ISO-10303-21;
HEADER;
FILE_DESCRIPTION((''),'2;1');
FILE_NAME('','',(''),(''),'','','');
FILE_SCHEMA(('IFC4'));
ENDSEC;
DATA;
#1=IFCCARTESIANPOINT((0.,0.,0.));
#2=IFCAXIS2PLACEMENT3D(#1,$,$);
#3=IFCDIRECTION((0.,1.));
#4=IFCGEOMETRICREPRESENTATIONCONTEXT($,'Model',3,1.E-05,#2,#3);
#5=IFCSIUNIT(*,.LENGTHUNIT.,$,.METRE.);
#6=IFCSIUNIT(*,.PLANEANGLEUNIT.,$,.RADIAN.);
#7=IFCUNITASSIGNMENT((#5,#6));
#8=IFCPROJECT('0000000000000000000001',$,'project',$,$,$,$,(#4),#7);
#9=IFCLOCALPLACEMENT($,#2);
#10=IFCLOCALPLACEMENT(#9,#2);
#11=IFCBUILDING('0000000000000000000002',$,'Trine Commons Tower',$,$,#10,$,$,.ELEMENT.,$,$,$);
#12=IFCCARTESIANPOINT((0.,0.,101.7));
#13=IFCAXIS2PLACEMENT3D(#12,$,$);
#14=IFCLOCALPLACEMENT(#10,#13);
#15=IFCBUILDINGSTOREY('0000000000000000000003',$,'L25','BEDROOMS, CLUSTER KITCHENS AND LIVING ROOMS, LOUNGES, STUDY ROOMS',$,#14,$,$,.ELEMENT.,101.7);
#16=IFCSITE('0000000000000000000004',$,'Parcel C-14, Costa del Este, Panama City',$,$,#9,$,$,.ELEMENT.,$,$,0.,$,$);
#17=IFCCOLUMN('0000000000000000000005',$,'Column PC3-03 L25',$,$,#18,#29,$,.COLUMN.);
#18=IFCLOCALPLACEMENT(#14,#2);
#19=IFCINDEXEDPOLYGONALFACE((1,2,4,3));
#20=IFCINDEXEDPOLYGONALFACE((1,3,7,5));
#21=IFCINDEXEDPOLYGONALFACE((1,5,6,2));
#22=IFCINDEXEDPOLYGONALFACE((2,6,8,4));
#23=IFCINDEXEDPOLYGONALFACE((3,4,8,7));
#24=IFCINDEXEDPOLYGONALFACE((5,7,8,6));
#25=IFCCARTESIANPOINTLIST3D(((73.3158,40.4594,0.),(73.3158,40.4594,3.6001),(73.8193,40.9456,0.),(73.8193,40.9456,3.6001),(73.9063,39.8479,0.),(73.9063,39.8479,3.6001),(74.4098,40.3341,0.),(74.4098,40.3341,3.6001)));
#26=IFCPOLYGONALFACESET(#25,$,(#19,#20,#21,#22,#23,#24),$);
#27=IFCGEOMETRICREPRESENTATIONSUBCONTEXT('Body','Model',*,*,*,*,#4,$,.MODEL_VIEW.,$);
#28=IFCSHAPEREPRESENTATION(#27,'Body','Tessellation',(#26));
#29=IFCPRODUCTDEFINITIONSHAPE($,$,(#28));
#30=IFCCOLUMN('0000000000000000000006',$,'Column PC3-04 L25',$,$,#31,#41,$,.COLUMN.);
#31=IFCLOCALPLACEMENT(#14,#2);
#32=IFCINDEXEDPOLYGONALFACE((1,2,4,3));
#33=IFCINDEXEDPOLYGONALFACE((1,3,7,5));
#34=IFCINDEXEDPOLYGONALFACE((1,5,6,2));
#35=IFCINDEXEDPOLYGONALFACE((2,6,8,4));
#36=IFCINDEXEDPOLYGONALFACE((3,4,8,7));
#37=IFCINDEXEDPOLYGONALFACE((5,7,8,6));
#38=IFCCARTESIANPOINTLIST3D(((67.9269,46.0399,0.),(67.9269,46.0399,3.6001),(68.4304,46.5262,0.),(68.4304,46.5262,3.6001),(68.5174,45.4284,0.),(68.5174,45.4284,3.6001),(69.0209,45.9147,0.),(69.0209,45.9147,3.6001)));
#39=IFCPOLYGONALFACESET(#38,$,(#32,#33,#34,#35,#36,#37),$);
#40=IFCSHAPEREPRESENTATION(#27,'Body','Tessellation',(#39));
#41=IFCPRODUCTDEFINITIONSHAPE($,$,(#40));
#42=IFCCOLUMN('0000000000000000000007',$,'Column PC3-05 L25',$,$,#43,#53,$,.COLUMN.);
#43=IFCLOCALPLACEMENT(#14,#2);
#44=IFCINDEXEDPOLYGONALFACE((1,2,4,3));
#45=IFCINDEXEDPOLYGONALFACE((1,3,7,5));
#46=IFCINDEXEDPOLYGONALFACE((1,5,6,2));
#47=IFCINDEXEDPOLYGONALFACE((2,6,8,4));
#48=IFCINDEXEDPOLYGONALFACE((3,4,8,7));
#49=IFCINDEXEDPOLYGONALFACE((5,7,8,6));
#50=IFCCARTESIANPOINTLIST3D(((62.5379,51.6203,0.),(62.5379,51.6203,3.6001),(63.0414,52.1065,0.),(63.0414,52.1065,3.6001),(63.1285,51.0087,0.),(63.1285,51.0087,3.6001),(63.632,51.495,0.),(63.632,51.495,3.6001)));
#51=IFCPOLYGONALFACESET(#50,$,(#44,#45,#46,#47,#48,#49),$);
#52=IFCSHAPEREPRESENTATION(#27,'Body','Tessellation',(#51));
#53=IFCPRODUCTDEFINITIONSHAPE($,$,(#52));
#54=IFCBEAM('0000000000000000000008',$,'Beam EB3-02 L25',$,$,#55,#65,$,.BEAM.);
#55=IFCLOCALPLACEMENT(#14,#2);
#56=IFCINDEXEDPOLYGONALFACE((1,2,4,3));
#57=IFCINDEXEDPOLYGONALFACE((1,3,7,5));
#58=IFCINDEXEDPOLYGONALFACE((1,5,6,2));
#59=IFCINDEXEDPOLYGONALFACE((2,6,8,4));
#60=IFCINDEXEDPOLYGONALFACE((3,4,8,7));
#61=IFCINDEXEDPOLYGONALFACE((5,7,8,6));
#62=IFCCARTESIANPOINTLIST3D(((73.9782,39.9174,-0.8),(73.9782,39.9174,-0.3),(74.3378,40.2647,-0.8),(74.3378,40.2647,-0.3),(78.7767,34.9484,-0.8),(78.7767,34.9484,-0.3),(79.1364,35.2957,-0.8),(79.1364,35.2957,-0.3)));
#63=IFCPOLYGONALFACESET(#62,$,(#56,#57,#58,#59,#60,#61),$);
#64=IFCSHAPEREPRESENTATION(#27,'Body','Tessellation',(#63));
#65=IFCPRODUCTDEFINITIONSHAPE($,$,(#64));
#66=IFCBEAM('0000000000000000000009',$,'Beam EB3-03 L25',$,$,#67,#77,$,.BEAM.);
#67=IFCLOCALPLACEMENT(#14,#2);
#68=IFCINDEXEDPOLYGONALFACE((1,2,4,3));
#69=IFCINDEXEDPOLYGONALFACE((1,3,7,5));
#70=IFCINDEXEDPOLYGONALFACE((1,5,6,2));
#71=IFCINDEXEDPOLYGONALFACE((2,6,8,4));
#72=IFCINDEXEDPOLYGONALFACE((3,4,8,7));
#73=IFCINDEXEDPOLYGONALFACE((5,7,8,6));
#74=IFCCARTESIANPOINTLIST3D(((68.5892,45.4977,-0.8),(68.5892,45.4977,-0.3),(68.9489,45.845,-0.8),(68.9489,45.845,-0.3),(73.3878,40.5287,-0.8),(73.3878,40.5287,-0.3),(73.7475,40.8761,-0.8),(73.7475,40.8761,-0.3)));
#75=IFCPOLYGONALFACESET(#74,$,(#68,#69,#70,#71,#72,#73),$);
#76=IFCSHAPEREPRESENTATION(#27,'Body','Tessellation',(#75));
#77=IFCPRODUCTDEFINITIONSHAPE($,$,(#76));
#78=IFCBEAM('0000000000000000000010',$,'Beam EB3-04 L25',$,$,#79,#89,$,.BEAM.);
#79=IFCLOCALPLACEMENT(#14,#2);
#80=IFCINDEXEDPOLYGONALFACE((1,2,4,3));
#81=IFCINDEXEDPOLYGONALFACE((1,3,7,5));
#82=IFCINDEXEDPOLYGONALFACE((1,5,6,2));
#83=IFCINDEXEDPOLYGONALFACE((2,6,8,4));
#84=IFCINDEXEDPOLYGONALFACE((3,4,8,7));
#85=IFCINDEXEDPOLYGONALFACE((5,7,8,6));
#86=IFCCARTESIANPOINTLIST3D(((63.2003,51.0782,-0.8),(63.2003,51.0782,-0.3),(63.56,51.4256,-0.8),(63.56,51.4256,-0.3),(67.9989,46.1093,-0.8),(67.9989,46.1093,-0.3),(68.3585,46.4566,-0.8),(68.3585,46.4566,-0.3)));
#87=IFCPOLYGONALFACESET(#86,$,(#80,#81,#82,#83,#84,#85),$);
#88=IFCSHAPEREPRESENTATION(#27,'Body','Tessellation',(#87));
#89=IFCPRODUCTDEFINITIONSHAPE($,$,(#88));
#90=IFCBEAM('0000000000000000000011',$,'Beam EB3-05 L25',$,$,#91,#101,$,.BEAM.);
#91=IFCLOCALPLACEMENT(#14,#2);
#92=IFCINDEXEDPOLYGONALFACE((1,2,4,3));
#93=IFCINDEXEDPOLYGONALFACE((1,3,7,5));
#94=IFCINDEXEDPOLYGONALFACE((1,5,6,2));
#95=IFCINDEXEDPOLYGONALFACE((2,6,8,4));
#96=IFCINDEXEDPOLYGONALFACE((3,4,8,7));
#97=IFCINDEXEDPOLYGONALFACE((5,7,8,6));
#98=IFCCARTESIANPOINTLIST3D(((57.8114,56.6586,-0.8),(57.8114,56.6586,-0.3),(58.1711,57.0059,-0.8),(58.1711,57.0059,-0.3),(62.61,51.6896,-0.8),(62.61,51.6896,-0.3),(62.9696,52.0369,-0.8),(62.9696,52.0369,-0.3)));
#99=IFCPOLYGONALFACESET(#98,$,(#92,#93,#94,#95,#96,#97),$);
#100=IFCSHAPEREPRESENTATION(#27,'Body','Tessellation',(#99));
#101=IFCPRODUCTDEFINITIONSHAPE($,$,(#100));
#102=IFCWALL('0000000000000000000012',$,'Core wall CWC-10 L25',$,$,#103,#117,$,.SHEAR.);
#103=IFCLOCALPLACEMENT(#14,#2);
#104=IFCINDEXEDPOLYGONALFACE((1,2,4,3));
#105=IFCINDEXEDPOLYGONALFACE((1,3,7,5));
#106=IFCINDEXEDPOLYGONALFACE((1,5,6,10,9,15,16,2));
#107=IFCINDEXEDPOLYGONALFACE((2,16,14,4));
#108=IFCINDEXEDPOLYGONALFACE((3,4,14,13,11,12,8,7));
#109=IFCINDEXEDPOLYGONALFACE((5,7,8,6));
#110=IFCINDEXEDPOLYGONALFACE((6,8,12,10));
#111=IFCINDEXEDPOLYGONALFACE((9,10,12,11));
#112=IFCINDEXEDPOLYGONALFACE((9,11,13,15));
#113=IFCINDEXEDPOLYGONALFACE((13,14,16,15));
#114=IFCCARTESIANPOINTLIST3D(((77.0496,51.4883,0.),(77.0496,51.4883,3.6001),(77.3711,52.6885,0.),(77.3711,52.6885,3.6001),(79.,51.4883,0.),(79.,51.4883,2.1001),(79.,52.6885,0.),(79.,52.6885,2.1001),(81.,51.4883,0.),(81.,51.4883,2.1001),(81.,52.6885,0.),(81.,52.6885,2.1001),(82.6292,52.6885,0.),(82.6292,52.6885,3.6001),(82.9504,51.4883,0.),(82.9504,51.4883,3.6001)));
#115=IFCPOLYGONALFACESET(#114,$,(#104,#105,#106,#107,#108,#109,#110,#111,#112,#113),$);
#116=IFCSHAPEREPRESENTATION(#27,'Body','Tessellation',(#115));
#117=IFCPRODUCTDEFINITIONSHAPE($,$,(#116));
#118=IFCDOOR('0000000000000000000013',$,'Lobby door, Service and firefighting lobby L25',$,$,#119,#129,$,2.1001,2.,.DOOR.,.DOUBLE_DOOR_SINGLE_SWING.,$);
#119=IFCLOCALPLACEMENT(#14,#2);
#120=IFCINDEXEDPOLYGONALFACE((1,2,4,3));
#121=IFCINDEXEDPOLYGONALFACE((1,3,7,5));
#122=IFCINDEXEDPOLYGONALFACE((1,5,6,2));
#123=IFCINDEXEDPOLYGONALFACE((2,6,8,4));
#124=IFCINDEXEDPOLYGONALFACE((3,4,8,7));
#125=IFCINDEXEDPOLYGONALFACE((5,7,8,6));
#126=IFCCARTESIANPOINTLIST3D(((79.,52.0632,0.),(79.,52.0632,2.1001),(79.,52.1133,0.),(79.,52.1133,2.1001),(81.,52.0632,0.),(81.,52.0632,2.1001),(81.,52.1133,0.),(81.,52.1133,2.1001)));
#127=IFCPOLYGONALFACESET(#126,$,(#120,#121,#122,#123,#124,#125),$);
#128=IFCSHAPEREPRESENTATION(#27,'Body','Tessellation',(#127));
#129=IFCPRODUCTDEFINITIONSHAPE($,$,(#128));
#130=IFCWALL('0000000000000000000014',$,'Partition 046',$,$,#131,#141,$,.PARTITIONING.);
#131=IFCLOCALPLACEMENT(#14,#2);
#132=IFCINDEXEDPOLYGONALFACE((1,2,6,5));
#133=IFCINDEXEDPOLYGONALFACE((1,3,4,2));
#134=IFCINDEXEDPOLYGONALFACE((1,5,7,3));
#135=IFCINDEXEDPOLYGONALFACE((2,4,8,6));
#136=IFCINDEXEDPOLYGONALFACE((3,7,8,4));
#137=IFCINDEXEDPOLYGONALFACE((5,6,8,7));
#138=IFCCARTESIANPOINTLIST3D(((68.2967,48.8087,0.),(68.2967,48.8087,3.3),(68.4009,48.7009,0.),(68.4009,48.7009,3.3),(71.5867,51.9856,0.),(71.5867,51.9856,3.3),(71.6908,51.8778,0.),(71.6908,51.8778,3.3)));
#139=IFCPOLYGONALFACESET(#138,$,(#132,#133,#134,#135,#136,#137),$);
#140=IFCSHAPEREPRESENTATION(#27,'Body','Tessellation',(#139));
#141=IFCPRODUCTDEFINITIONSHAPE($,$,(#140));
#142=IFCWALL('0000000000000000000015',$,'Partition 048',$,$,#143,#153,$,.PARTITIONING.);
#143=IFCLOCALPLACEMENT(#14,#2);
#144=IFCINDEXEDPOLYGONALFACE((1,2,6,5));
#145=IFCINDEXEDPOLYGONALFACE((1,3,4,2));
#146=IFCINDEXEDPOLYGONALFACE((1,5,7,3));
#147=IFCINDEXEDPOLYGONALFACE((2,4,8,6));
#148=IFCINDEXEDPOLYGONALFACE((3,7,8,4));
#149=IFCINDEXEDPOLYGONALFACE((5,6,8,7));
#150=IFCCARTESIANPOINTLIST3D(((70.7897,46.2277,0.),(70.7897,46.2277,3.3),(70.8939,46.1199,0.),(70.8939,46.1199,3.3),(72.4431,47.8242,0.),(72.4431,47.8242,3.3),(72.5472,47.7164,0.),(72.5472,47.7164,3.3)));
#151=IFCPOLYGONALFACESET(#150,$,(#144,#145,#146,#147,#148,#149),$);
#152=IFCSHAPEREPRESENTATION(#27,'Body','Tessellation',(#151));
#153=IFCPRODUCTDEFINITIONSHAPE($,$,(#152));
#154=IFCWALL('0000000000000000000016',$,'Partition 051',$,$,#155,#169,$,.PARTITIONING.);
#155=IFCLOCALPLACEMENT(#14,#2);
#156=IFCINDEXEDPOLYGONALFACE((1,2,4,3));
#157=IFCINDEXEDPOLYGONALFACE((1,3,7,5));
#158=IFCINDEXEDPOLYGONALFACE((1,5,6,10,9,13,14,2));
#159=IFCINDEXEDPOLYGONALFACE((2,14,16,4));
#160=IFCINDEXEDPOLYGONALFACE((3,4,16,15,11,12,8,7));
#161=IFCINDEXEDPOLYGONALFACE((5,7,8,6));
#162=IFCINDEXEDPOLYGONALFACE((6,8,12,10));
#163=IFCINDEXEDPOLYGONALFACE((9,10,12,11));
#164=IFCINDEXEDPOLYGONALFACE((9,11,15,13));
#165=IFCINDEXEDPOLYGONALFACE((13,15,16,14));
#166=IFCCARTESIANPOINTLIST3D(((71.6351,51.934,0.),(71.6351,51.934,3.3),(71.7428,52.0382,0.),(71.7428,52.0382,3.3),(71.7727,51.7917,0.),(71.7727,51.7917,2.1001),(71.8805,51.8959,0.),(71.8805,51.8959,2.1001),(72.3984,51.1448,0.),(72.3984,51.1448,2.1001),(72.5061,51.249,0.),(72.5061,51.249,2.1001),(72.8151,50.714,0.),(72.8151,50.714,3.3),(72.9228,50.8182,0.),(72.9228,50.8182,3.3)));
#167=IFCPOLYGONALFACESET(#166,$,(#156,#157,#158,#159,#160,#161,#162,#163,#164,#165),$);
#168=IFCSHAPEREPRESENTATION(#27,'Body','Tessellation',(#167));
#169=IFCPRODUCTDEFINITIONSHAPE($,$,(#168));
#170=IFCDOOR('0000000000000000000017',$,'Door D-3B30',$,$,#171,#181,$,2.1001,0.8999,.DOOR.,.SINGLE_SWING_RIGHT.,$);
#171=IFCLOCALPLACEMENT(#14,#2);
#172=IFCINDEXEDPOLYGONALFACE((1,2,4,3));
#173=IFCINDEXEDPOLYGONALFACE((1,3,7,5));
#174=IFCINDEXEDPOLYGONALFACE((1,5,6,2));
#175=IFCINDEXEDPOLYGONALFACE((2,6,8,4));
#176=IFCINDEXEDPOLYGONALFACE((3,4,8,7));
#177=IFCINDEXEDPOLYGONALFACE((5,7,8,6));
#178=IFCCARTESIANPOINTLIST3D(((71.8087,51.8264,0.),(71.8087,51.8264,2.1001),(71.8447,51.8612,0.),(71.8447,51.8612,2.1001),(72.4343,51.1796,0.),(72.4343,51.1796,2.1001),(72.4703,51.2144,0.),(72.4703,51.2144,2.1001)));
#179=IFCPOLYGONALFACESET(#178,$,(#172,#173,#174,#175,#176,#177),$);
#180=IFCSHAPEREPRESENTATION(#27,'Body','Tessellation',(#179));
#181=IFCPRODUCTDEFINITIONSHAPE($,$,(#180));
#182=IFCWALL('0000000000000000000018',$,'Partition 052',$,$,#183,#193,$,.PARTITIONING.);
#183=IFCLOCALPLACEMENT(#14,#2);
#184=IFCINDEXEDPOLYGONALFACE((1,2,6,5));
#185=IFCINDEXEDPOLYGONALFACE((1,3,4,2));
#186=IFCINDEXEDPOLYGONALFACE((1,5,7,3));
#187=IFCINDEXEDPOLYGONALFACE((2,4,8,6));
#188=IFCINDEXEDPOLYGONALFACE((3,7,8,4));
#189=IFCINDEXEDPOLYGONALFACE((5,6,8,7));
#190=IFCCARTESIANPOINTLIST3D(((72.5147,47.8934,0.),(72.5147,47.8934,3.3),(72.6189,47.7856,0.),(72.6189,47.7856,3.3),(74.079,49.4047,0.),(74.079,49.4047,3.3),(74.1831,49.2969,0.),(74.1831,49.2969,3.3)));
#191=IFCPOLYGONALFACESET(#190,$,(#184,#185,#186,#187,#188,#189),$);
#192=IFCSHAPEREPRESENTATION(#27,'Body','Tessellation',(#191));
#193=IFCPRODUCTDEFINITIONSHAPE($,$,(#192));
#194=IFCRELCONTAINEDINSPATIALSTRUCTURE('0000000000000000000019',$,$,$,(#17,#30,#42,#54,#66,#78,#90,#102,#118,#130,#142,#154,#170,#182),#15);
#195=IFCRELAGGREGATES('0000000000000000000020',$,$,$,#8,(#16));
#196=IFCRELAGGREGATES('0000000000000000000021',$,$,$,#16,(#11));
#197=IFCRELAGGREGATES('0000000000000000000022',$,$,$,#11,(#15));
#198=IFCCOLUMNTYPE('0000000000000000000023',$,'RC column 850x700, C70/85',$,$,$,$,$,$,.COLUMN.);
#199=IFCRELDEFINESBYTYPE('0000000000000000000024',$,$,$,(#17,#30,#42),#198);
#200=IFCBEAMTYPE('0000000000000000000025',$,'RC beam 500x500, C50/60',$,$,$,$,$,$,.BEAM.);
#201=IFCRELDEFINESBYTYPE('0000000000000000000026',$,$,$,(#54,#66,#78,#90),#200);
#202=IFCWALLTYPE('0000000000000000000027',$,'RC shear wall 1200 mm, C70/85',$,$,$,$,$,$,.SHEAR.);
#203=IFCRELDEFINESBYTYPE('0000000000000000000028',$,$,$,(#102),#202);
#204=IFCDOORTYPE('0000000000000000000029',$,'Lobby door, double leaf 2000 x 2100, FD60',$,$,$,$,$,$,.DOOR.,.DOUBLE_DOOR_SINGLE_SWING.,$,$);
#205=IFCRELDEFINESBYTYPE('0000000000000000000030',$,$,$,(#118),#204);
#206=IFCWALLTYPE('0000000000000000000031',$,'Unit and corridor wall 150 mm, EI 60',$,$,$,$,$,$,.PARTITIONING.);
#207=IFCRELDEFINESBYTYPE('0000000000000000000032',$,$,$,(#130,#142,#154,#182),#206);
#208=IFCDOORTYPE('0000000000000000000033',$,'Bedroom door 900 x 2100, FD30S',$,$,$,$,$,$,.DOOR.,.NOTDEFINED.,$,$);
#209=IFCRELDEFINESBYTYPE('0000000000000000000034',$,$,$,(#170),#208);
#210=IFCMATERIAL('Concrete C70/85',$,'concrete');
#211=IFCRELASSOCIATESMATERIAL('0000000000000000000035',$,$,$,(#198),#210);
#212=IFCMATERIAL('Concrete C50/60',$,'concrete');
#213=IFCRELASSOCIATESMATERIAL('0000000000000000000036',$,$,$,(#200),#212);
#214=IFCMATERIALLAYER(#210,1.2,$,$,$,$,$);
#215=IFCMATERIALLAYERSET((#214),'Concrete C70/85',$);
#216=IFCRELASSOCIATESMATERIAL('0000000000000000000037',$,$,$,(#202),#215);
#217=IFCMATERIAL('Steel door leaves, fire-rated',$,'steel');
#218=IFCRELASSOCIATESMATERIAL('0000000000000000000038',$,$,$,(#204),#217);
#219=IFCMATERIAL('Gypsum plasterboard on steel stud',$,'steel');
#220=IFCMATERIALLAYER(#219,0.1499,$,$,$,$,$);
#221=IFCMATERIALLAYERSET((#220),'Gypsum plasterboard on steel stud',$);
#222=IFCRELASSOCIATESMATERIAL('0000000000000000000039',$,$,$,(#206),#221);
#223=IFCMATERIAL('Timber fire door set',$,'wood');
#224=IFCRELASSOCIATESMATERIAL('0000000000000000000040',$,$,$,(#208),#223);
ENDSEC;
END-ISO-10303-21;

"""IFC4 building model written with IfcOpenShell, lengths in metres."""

from ifc_helpers import new_model, si_unit, direction, frame, frame_2d, origin, origin_2d, place, context, subcontext, project, spatial, polyline, rectangle, outline, extrude, material, layer, layer_set, material_profile, profile_set, type_object, element, fill, save


model = new_model("IFC4")

# Units and contexts
model_context = context("Model", 3, precision=1e-05, world=origin(), true_north=direction((0.0, 1.0)))
body_context = subcontext(model_context, "Body", "Model", "MODEL_VIEW")
ifc_project = project(units=[si_unit("LENGTHUNIT", "METRE"), si_unit("PLANEANGLEUNIT", "RADIAN")], contexts=[model_context])

# Site, building, storey
site_placement = place(None, origin())
site = spatial("IfcSite", under=ifc_project, at=site_placement, Name="Parcel C-14, Costa del Este, Panama City", CompositionType="ELEMENT", RefElevation=0.0)
building_placement = place(site_placement, origin())
building = spatial("IfcBuilding", under=site, at=building_placement, Name="Trine Commons Tower", CompositionType="ELEMENT")
storey_placement = place(building_placement, frame((0.0, 0.0, 101.7)))
storey = spatial("IfcBuildingStorey", under=building, at=storey_placement, Name="L25", Description="BEDROOMS, CLUSTER KITCHENS AND LIVING ROOMS, LOUNGES, STUDY ROOMS", CompositionType="ELEMENT", Elevation=101.7)

# Columns
ifc_material_1 = material(Name="Concrete C70/85", Category="concrete")
ifc_material_profile_1 = material_profile(ifc_material_1, rectangle(XDim=0.8501, YDim=0.7, at=origin_2d()), Name="RC 850x700")
ifc_profile_set_1 = profile_set([ifc_material_profile_1], Name="Concrete C70/85")
column_type = type_object("IfcColumnType", Name="RC column 850x700, C70/85", PredefinedType="COLUMN", material=ifc_profile_set_1)
for number, where, z_axis, x_axis, name in (
    (1, (73.8628, 40.3967, 0.0), (0.0, 0.0, 1.0), (-0.694658, 0.71934, 0.0), "Column PC3-03 L25"),
    (2, (68.4739, 45.9773, 0.0), (0.0, 0.0, 1.0), (-0.694658, 0.71934, 0.0), "Column PC3-04 L25"),
    (3, (63.085, 51.5576, 0.0), (0.0, 0.0, 1.0), (-0.694658, 0.71934, 0.0), "Column PC3-05 L25"),
):
    element("IfcColumn", number, at=place(storey_placement, frame(where, z_axis=z_axis, x_axis=x_axis)), inside=storey, type_object=column_type, Name=name, PredefinedType="COLUMN", context=body_context, shape_type="SweptSolid", body=[
        extrude(rectangle(XDim=0.8501, YDim=0.7, at=origin_2d()), origin(), (0.0, 0.0, 1.0), 3.6001),
    ])

# Beams
ifc_material_2 = material(Name="Concrete C50/60", Category="concrete")
ifc_material_profile_2 = material_profile(ifc_material_2, rectangle(XDim=0.5, YDim=0.5, at=origin_2d()), Name="RC 500x500")
ifc_profile_set_2 = profile_set([ifc_material_profile_2], Name="Concrete C50/60")
beam_type = type_object("IfcBeamType", Name="RC beam 500x500, C50/60", PredefinedType="BEAM", material=ifc_profile_set_2)
for number, where, z_axis, x_axis, name in (
    (4, (78.9565, 35.1221, -0.55), (-0.694665, 0.719334, 0.0), (-0.719334, -0.694665, 0.0), "Beam EB3-02 L25"),
    (5, (73.5676, 40.7024, -0.55), (-0.694665, 0.719334, 0.0), (-0.719334, -0.694665, 0.0), "Beam EB3-03 L25"),
    (6, (68.1787, 46.283, -0.55), (-0.694665, 0.719334, 0.0), (-0.719334, -0.694665, 0.0), "Beam EB3-04 L25"),
    (7, (62.7898, 51.8633, -0.55), (-0.694665, 0.719334, 0.0), (-0.719334, -0.694665, 0.0), "Beam EB3-05 L25"),
):
    element("IfcBeam", number, at=place(storey_placement, frame(where, z_axis=z_axis, x_axis=x_axis)), inside=storey, type_object=beam_type, Name=name, PredefinedType="BEAM", context=body_context, shape_type="SweptSolid", body=[
        extrude(rectangle(XDim=0.5, YDim=0.5, at=origin_2d()), origin(), (0.0, 0.0, 1.0), 6.9077),
    ])

# Wall, opening, door
ifc_layer_1 = layer(ifc_material_1, 1.2)
ifc_layer_set_1 = layer_set([ifc_layer_1], Name="Concrete C70/85")
wall_type_1 = type_object("IfcWallType", Name="RC shear wall 1200 mm, C70/85", PredefinedType="SHEAR", material=ifc_layer_set_1)
wall_1_placement = place(storey_placement, frame((77.0496, 52.0884, 0.0), z_axis=(0.0, 0.0, 1.0), x_axis=(1.0, 0.0, 0.0)))
wall_1 = element("IfcWall", 8, at=wall_1_placement, inside=storey, type_object=wall_type_1, Name="Core wall CWC-10 L25", PredefinedType="SHEAR", context=body_context, shape_type="SweptSolid", body=[
    extrude(outline(polyline([(0.0, -0.6001), (5.9009, -0.6001), (5.5796, 0.6001), (0.3215, 0.6001), (0.0, -0.6001)])), origin(), (0.0, 0.0, 1.0), 3.6001),
])
opening_1_placement = place(wall_1_placement, frame((1.9504, 0.0, 0.0)))
opening_1 = element("IfcOpeningElement", 9, at=opening_1_placement, cuts=wall_1, PredefinedType="OPENING", context=body_context, shape_type="SweptSolid", body=[
    extrude(rectangle(XDim=2.0, YDim=2.1001, at=frame_2d((1.0, 1.05))), frame((0.0, 0.6099, 0.0), z_axis=(0.0, -1.0, 0.0), x_axis=(1.0, 0.0, 0.0)), (0.0, 0.0, 1.0), 1.22),
])
ifc_material_3 = material(Name="Steel door leaves, fire-rated", Category="steel")
door_type_1 = type_object("IfcDoorType", Name="Lobby door, double leaf 2000 x 2100, FD60", OperationType="DOUBLE_DOOR_SINGLE_SWING", PredefinedType="DOOR", material=ifc_material_3)
door_1_placement = place(opening_1_placement, origin())
door_1 = element("IfcDoor", 10, at=door_1_placement, inside=storey, type_object=door_type_1, Name="Lobby door, Service and firefighting lobby L25", OperationType="DOUBLE_DOOR_SINGLE_SWING", OverallHeight=2.1001, OverallWidth=2.0, PredefinedType="DOOR", context=body_context, shape_type="SweptSolid", body=[
    extrude(rectangle(XDim=2.0, YDim=2.1001, at=frame_2d((1.0, 1.05))), frame((0.0, 0.0249, 0.0), z_axis=(0.0, -1.0, 0.0), x_axis=(1.0, 0.0, 0.0)), (0.0, 0.0, 1.0), 0.05),
])
fill(opening_1, door_1)

# Walls
ifc_material_4 = material(Name="Gypsum plasterboard on steel stud", Category="steel")
ifc_layer_2 = layer(ifc_material_4, 0.1499)
ifc_layer_set_2 = layer_set([ifc_layer_2], Name="Gypsum plasterboard on steel stud")
wall_type_2 = type_object("IfcWallType", Name="Unit and corridor wall 150 mm, EI 60", PredefinedType="PARTITIONING", material=ifc_layer_set_2)
wall_2_placement = place(storey_placement, frame((68.3489, 48.7549, 0.0), z_axis=(0.0, 0.0, 1.0), x_axis=(0.719356, 0.694641, 0.0)))
element("IfcWall", 11, at=wall_2_placement, inside=storey, type_object=wall_type_2, Name="Partition 046", PredefinedType="PARTITIONING", context=body_context, shape_type="SweptSolid", body=[
    extrude(rectangle(XDim=4.5735, YDim=0.1499, at=frame_2d((2.2866, 0.0))), origin(), (0.0, 0.0, 1.0), 3.3),
])
wall_3_placement = place(storey_placement, frame((70.8418, 46.1738, 0.0), z_axis=(0.0, 0.0, 1.0), x_axis=(0.719374, 0.694623, 0.0)))
element("IfcWall", 12, at=wall_3_placement, inside=storey, type_object=wall_type_2, Name="Partition 048", PredefinedType="PARTITIONING", context=body_context, shape_type="SweptSolid", body=[
    extrude(rectangle(XDim=2.2983, YDim=0.1499, at=frame_2d((1.1492, 0.0))), origin(), (0.0, 0.0, 1.0), 3.3),
])

# Wall, opening, door
wall_4_placement = place(storey_placement, frame((71.689, 51.9861, 0.0), z_axis=(0.0, 0.0, 1.0), x_axis=(0.695213, -0.718804, 0.0)))
wall_4 = element("IfcWall", 13, at=wall_4_placement, inside=storey, type_object=wall_type_2, Name="Partition 051", PredefinedType="PARTITIONING", context=body_context, shape_type="SweptSolid", body=[
    extrude(rectangle(XDim=1.6973, YDim=0.1499, at=frame_2d((0.8486, 0.0))), origin(), (0.0, 0.0, 1.0), 3.3),
])
opening_2_placement = place(wall_4_placement, frame((0.198, 0.0, 0.0)))
opening_2 = element("IfcOpeningElement", 14, at=opening_2_placement, cuts=wall_4, PredefinedType="OPENING", context=body_context, shape_type="SweptSolid", body=[
    extrude(rectangle(XDim=0.8999, YDim=2.1001, at=frame_2d((0.45, 1.05))), frame((0.0, 0.085, 0.0), z_axis=(0.0, -1.0, 0.0), x_axis=(1.0, 0.0, 0.0)), (0.0, 0.0, 1.0), 0.1699),
])
ifc_material_5 = material(Name="Timber fire door set", Category="wood")
door_type_2 = type_object("IfcDoorType", Name="Bedroom door 900 x 2100, FD30S", OperationType="NOTDEFINED", PredefinedType="DOOR", material=ifc_material_5)
door_2_placement = place(opening_2_placement, frame((0.8999, 0.0, 0.0), z_axis=(0.0, 0.0, 1.0), x_axis=(-1.0, 0.0, 0.0)))
door_2 = element("IfcDoor", 15, at=door_2_placement, inside=storey, type_object=door_type_2, Name="Door D-3B30", OperationType="SINGLE_SWING_RIGHT", OverallHeight=2.1001, OverallWidth=0.8999, PredefinedType="DOOR", context=body_context, shape_type="SweptSolid", body=[
    extrude(rectangle(XDim=0.8999, YDim=2.1001, at=frame_2d((0.45, 1.05))), frame((0.0, 0.0249, 0.0), z_axis=(0.0, -1.0, 0.0), x_axis=(1.0, 0.0, 0.0)), (0.0, 0.0, 1.0), 0.05),
])
fill(opening_2, door_2)

# Wall
wall_5_placement = place(storey_placement, frame((72.5669, 47.8396, 0.0), z_axis=(0.0, 0.0, 1.0), x_axis=(0.719181, 0.694823, 0.0)))
element("IfcWall", 16, at=wall_5_placement, inside=storey, type_object=wall_type_2, Name="Partition 052", PredefinedType="PARTITIONING", context=body_context, shape_type="SweptSolid", body=[
    extrude(rectangle(XDim=2.175, YDim=0.1499, at=frame_2d((1.0874, 0.0))), origin(), (0.0, 0.0, 1.0), 3.3),
])

save(model, "model.ifc")
